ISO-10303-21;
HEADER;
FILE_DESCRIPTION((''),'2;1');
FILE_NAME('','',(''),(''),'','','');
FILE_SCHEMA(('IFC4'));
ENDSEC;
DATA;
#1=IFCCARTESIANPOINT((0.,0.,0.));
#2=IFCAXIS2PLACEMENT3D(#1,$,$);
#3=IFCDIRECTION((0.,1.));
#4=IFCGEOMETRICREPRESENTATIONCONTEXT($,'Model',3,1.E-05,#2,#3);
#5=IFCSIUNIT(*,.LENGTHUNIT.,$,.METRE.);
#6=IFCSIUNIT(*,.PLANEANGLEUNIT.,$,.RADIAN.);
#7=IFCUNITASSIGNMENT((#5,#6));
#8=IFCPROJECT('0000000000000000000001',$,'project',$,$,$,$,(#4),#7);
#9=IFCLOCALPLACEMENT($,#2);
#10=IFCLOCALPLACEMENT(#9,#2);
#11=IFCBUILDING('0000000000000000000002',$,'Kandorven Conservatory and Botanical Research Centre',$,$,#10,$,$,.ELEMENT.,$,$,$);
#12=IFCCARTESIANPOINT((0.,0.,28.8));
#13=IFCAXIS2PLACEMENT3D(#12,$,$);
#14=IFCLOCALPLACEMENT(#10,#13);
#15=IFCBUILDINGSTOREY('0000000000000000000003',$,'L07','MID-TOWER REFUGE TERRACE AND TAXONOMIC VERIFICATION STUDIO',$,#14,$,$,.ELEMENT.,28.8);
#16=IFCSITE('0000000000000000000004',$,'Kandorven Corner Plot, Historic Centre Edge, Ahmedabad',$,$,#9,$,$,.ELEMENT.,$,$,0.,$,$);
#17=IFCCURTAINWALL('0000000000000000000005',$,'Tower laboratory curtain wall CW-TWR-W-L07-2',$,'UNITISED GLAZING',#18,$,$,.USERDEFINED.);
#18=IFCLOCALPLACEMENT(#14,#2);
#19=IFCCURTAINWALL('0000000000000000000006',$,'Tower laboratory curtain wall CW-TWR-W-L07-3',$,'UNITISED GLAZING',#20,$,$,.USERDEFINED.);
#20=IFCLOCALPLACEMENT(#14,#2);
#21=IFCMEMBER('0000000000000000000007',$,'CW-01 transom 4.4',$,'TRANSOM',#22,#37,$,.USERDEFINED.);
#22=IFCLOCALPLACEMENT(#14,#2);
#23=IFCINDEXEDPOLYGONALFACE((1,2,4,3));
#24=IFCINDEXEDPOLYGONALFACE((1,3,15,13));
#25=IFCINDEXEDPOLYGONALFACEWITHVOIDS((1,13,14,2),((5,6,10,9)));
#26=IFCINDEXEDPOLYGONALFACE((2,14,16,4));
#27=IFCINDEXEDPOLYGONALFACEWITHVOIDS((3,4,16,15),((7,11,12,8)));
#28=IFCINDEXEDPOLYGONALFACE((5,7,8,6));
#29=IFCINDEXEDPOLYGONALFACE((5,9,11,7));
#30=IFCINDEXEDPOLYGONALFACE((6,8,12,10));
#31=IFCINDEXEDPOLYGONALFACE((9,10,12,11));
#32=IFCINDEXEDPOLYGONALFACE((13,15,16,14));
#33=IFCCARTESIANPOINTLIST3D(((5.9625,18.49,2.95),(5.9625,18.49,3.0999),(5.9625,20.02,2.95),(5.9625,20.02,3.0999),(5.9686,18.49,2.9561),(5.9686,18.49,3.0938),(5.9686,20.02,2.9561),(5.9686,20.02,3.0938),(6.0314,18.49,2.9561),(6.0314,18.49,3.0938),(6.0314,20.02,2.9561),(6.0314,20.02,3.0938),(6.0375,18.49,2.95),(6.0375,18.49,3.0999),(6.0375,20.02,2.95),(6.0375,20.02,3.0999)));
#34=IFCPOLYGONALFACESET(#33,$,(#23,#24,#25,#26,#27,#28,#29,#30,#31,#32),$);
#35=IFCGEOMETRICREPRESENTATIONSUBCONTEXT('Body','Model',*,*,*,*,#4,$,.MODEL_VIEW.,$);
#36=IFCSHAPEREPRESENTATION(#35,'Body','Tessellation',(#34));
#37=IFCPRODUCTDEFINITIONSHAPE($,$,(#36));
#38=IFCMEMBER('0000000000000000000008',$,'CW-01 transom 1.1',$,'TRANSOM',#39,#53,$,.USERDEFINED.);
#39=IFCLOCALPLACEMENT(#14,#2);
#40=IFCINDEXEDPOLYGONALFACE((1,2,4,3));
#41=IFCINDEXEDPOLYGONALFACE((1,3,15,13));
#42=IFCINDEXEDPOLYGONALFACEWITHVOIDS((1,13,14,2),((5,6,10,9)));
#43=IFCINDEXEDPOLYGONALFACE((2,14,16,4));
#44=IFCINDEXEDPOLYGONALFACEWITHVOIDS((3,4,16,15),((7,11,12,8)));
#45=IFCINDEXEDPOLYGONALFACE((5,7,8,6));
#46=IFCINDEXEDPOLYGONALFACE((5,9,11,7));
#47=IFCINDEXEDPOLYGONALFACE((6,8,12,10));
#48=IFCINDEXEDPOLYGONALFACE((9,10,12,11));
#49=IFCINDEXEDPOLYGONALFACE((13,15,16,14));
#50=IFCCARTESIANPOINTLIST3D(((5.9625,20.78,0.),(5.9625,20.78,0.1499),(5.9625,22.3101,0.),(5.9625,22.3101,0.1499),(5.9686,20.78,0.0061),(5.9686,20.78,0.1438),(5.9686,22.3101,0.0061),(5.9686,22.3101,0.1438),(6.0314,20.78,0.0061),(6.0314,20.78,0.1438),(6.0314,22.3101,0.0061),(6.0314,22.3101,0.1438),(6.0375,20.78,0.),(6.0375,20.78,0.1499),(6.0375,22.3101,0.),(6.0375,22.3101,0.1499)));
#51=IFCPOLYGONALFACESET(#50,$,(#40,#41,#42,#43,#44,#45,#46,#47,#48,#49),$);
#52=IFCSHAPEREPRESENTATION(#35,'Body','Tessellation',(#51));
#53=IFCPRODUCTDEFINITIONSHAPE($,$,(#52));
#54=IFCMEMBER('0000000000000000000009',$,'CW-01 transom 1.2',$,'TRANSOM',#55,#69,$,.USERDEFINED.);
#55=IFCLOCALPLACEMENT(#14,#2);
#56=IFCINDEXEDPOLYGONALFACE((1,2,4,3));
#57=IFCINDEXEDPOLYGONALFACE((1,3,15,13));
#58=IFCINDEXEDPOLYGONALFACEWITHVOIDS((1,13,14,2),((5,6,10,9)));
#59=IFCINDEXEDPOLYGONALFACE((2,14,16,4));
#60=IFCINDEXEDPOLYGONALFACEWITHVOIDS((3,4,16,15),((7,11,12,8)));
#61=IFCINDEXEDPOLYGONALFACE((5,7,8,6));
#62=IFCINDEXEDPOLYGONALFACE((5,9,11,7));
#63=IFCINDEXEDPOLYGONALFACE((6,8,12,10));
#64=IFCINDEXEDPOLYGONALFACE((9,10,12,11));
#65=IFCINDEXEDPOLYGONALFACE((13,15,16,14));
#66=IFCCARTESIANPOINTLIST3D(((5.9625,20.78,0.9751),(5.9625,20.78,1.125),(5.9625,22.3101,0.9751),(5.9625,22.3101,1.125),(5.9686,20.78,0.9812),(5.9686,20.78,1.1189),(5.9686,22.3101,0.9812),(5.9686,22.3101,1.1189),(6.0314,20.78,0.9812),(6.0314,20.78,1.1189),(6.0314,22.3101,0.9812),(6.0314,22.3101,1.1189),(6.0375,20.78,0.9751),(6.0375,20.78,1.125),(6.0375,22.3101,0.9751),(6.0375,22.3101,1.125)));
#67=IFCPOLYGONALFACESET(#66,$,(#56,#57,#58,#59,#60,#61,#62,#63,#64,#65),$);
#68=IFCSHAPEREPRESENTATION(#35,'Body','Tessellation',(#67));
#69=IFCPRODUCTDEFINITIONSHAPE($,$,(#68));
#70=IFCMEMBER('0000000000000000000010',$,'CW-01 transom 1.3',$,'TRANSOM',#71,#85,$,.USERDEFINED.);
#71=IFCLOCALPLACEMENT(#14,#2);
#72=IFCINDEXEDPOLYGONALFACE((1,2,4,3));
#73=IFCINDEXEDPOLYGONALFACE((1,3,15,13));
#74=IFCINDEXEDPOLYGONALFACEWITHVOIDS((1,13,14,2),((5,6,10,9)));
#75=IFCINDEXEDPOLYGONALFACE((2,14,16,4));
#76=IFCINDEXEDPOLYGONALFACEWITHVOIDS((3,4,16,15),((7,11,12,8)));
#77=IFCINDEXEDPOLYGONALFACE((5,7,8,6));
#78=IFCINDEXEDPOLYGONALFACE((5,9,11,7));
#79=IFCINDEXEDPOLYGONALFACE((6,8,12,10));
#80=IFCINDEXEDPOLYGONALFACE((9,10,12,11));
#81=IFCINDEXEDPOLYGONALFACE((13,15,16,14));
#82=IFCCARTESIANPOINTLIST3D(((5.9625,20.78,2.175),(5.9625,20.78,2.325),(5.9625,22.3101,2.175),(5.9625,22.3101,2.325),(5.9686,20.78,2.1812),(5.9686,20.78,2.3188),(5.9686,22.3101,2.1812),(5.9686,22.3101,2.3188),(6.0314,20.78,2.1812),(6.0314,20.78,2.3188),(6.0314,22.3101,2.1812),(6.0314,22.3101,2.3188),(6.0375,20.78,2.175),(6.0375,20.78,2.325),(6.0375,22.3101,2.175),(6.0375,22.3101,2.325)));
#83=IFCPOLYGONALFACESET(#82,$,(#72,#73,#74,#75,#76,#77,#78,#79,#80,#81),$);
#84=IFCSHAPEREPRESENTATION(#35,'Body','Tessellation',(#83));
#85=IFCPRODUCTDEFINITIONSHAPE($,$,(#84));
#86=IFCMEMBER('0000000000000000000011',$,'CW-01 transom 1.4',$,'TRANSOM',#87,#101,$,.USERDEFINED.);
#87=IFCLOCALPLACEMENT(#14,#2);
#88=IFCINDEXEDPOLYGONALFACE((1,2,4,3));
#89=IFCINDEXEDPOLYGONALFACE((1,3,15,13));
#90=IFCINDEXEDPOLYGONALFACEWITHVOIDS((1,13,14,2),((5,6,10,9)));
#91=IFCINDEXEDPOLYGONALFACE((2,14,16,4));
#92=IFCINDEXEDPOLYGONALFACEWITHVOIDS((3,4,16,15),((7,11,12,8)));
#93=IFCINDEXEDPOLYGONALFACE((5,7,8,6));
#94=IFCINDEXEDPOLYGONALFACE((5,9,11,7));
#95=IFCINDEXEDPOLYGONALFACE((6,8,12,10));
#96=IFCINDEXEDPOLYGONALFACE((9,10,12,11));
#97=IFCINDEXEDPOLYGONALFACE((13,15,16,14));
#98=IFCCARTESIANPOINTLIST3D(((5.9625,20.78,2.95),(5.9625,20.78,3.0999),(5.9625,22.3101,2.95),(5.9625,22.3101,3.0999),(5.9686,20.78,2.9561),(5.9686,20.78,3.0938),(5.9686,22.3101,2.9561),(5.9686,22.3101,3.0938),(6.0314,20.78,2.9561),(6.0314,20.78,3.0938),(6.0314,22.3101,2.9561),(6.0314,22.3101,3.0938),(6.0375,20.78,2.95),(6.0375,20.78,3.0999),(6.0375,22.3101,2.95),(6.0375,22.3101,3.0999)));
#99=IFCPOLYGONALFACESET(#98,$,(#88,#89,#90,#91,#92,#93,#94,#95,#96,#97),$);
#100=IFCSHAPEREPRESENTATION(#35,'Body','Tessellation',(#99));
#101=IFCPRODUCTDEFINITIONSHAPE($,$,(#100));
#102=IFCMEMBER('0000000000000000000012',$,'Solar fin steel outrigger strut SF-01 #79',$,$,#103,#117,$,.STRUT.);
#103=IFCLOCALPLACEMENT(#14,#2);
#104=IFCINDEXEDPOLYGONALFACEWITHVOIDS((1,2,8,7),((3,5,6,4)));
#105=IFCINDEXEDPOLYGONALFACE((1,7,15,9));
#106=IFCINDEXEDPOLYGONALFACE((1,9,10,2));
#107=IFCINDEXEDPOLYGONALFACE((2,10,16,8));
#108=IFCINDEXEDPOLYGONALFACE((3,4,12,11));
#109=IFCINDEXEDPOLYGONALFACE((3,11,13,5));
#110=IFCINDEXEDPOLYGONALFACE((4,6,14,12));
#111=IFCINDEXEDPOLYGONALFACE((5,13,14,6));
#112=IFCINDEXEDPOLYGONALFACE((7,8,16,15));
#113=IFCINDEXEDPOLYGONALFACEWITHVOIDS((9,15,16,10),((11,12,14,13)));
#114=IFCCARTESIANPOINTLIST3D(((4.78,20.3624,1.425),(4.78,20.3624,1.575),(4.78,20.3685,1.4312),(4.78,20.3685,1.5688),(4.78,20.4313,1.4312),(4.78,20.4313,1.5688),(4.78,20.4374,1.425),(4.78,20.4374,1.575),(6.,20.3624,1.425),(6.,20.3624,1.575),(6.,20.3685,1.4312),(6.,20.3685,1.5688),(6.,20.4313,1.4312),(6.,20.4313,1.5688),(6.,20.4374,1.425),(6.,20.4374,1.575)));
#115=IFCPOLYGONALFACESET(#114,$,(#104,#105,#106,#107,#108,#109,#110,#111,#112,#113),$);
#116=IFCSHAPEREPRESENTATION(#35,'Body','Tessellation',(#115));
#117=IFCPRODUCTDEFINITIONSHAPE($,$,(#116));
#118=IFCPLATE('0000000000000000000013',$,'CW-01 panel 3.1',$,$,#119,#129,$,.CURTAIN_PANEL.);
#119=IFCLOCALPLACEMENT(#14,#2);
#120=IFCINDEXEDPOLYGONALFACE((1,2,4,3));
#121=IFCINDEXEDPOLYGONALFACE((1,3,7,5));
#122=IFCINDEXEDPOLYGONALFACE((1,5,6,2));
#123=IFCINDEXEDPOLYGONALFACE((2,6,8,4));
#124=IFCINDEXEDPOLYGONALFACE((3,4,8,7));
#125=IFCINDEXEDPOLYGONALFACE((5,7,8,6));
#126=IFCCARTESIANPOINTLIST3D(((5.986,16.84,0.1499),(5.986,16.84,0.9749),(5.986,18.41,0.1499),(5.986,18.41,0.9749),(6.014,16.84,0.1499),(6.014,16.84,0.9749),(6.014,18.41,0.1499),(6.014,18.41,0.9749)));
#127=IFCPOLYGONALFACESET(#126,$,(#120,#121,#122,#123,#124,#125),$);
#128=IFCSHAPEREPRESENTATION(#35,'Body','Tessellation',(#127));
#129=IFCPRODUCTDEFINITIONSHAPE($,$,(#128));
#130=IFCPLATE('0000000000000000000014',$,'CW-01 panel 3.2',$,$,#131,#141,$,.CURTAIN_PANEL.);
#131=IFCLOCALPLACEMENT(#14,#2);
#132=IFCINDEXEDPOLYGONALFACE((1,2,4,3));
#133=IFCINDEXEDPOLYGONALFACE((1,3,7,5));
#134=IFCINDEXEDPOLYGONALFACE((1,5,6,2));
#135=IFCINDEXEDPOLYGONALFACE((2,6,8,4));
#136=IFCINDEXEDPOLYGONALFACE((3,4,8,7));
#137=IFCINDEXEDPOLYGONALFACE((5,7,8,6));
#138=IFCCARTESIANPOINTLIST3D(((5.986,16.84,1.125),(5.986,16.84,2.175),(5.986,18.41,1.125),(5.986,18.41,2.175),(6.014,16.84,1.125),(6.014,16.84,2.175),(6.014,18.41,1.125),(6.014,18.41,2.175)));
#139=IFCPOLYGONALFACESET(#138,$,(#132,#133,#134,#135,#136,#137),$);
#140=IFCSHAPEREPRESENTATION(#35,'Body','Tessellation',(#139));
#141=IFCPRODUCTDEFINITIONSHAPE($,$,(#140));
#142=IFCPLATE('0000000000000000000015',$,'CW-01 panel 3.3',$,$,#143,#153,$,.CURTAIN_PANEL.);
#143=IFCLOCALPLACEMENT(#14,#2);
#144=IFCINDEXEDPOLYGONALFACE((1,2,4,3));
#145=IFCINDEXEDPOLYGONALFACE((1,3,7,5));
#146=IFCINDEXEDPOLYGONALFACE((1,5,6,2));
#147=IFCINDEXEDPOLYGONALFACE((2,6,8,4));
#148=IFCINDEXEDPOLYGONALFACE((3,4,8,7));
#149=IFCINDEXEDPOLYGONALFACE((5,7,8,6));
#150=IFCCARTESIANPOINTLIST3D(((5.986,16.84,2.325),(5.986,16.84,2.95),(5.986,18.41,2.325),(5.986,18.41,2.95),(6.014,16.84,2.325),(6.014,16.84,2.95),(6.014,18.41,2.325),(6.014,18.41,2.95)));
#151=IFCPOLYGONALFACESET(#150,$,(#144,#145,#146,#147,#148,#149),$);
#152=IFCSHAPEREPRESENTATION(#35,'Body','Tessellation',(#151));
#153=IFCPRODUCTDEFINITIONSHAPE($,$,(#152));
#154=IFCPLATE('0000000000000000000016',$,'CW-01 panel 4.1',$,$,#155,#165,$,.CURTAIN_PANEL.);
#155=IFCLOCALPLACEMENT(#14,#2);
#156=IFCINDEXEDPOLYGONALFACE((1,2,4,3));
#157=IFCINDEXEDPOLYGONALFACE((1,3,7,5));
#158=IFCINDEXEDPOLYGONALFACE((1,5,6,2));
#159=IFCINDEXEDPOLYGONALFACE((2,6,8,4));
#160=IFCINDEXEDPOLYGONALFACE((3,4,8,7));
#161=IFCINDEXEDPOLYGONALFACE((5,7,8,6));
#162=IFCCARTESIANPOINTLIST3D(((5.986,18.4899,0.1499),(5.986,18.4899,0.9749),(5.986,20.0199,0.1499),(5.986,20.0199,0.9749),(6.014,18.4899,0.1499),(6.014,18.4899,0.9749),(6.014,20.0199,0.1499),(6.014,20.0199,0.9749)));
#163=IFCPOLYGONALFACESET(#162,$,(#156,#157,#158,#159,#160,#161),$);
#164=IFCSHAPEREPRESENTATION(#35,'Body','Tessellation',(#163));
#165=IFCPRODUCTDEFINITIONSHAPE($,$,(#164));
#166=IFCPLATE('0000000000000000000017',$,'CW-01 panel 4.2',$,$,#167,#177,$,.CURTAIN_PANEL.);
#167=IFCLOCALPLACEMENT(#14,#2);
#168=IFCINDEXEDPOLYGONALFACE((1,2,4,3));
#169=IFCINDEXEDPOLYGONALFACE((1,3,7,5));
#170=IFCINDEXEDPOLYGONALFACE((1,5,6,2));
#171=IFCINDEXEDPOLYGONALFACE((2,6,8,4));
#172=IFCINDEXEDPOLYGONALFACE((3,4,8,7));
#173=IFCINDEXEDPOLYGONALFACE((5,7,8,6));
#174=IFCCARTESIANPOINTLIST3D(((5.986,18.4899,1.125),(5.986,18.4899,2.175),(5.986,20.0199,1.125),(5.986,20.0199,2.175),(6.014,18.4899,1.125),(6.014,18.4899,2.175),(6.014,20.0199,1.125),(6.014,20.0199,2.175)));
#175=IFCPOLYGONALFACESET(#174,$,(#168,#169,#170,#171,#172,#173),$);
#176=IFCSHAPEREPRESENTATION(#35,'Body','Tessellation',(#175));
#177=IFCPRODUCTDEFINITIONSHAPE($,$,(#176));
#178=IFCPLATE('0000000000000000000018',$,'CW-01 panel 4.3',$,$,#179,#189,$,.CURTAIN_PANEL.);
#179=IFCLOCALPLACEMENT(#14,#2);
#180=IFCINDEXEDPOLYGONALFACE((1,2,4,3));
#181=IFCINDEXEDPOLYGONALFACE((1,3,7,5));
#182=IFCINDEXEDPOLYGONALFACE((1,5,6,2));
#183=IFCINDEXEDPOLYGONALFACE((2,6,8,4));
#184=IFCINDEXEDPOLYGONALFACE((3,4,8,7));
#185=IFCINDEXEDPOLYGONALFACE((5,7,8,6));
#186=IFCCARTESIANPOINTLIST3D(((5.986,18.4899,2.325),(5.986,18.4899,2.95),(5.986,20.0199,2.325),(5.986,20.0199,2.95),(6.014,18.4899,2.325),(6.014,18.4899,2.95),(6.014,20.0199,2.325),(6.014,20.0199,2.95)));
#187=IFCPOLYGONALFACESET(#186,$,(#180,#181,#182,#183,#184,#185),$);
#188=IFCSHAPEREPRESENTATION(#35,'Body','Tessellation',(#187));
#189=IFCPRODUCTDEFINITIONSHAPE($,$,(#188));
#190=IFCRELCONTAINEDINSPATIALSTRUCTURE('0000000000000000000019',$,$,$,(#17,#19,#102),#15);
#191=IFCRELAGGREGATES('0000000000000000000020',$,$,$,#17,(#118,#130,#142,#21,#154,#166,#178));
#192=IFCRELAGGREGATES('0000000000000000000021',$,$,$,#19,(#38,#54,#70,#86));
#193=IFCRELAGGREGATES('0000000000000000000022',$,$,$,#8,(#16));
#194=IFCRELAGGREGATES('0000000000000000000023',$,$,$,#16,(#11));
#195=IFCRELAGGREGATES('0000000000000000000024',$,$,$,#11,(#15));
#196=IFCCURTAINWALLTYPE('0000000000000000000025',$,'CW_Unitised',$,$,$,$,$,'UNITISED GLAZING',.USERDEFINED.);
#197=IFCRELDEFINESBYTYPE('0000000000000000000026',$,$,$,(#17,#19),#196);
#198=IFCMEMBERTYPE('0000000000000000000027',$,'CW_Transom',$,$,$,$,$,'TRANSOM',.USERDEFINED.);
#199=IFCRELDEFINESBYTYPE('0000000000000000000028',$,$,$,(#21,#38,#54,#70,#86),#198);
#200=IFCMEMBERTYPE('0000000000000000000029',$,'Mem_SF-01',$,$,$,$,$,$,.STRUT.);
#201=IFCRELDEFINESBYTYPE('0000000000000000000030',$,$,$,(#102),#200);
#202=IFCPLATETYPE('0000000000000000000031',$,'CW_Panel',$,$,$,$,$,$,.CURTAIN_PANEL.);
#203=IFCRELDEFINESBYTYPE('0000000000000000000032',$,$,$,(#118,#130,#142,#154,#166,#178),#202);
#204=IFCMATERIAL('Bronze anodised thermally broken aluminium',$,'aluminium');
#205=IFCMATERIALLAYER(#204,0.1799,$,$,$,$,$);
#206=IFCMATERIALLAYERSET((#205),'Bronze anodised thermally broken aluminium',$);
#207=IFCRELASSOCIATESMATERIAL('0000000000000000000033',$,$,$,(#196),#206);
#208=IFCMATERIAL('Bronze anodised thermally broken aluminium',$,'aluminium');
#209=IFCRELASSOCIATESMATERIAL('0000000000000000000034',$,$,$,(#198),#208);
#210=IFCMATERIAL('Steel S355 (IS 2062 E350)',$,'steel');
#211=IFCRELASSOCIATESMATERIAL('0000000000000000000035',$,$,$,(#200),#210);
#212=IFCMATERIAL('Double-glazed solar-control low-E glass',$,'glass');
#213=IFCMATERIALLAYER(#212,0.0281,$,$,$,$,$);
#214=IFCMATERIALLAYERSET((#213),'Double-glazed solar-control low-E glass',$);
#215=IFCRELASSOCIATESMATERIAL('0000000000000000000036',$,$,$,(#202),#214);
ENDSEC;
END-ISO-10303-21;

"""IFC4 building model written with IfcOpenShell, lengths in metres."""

from ifc_helpers import new_model, si_unit, direction, frame, origin, origin_2d, place, context, subcontext, project, spatial, rectangle, hollow_rectangle, extrude, material, layer, layer_set, material_profile, profile_set, type_object, element, aggregate, save


model = new_model("IFC4")

# Units and contexts
model_context = context("Model", 3, precision=1e-05, world=origin(), true_north=direction((0.0, 1.0)))
body_context = subcontext(model_context, "Body", "Model", "MODEL_VIEW")
ifc_project = project(units=[si_unit("LENGTHUNIT", "METRE"), si_unit("PLANEANGLEUNIT", "RADIAN")], contexts=[model_context])

# Site, building, storey
site_placement = place(None, origin())
site = spatial("IfcSite", under=ifc_project, at=site_placement, Name="Kandorven Corner Plot, Historic Centre Edge, Ahmedabad", CompositionType="ELEMENT", RefElevation=0.0)
building_placement = place(site_placement, origin())
building = spatial("IfcBuilding", under=site, at=building_placement, Name="Kandorven Conservatory and Botanical Research Centre", CompositionType="ELEMENT")
storey_placement = place(building_placement, frame((0.0, 0.0, 28.8)))
storey = spatial("IfcBuildingStorey", under=building, at=storey_placement, Name="L07", Description="MID-TOWER REFUGE TERRACE AND TAXONOMIC VERIFICATION STUDIO", CompositionType="ELEMENT", Elevation=28.8)

# Curtain wall
ifc_material_1 = material(Name="Bronze anodised thermally broken aluminium", Category="aluminium")
ifc_layer_1 = layer(ifc_material_1, 0.1799)
ifc_layer_set_1 = layer_set([ifc_layer_1], Name="Bronze anodised thermally broken aluminium")
curtain_wall_type = type_object("IfcCurtainWallType", Name="CW_Unitised", ElementType="UNITISED GLAZING", PredefinedType="USERDEFINED", material=ifc_layer_set_1)
curtain_wall_1_placement = place(storey_placement, origin())
curtain_wall_1 = element("IfcCurtainWall", 1, at=curtain_wall_1_placement, inside=storey, type_object=curtain_wall_type, Name="Tower laboratory curtain wall CW-TWR-W-L07-2", ObjectType="UNITISED GLAZING", PredefinedType="USERDEFINED")

# Curtain wall
curtain_wall_2_placement = place(storey_placement, origin())
curtain_wall_2 = element("IfcCurtainWall", 2, at=curtain_wall_2_placement, inside=storey, type_object=curtain_wall_type, Name="Tower laboratory curtain wall CW-TWR-W-L07-3", ObjectType="UNITISED GLAZING", PredefinedType="USERDEFINED")

# Members
ifc_material_2 = material(Name="Bronze anodised thermally broken aluminium", Category="aluminium")
ifc_material_profile_1 = material_profile(ifc_material_2, hollow_rectangle(XDim=0.075, YDim=0.1499, WallThickness=0.0061, at=origin_2d()))
ifc_profile_set_1 = profile_set([ifc_material_profile_1], Name="Bronze anodised thermally broken aluminium")
member_type_1 = type_object("IfcMemberType", Name="CW_Transom", ElementType="TRANSOM", PredefinedType="USERDEFINED", material=ifc_profile_set_1)
member_1_placement = place(storey_placement, frame((6.0, 18.49, 3.0249), z_axis=(0.0, 1.0, 0.0), x_axis=(-1.0, 0.0, 0.0)))
member_1 = element("IfcMember", 3, at=member_1_placement, type_object=member_type_1, Name="CW-01 transom 4.4", ObjectType="TRANSOM", PredefinedType="USERDEFINED", context=body_context, shape_type="SweptSolid", body=[
    extrude(hollow_rectangle(XDim=0.075, YDim=0.1499, WallThickness=0.0061, at=origin_2d()), origin(), (0.0, 0.0, 1.0), 1.53),
])
member_2_placement = place(storey_placement, frame((6.0, 20.78, 0.075), z_axis=(0.0, 1.0, 0.0), x_axis=(-1.0, 0.0, 0.0)))
member_2 = element("IfcMember", 4, at=member_2_placement, type_object=member_type_1, Name="CW-01 transom 1.1", ObjectType="TRANSOM", PredefinedType="USERDEFINED", context=body_context, shape_type="SweptSolid", body=[
    extrude(hollow_rectangle(XDim=0.075, YDim=0.1499, WallThickness=0.0061, at=origin_2d()), origin(), (0.0, 0.0, 1.0), 1.53),
])
member_3_placement = place(storey_placement, frame((6.0, 20.78, 1.05), z_axis=(0.0, 1.0, 0.0), x_axis=(-1.0, 0.0, 0.0)))
member_3 = element("IfcMember", 5, at=member_3_placement, type_object=member_type_1, Name="CW-01 transom 1.2", ObjectType="TRANSOM", PredefinedType="USERDEFINED", context=body_context, shape_type="SweptSolid", body=[
    extrude(hollow_rectangle(XDim=0.075, YDim=0.1499, WallThickness=0.0061, at=origin_2d()), origin(), (0.0, 0.0, 1.0), 1.53),
])
member_4_placement = place(storey_placement, frame((6.0, 20.78, 2.25), z_axis=(0.0, 1.0, 0.0), x_axis=(-1.0, 0.0, 0.0)))
member_4 = element("IfcMember", 6, at=member_4_placement, type_object=member_type_1, Name="CW-01 transom 1.3", ObjectType="TRANSOM", PredefinedType="USERDEFINED", context=body_context, shape_type="SweptSolid", body=[
    extrude(hollow_rectangle(XDim=0.075, YDim=0.1499, WallThickness=0.0061, at=origin_2d()), origin(), (0.0, 0.0, 1.0), 1.53),
])
member_5_placement = place(storey_placement, frame((6.0, 20.78, 3.0249), z_axis=(0.0, 1.0, 0.0), x_axis=(-1.0, 0.0, 0.0)))
member_5 = element("IfcMember", 7, at=member_5_placement, type_object=member_type_1, Name="CW-01 transom 1.4", ObjectType="TRANSOM", PredefinedType="USERDEFINED", context=body_context, shape_type="SweptSolid", body=[
    extrude(hollow_rectangle(XDim=0.075, YDim=0.1499, WallThickness=0.0061, at=origin_2d()), origin(), (0.0, 0.0, 1.0), 1.53),
])
ifc_material_3 = material(Name="Steel S355 (IS 2062 E350)", Category="steel")
ifc_material_profile_2 = material_profile(ifc_material_3, hollow_rectangle(XDim=0.075, YDim=0.1499, WallThickness=0.0061, at=origin_2d()))
ifc_profile_set_2 = profile_set([ifc_material_profile_2], Name="Steel S355 (IS 2062 E350)")
member_type_2 = type_object("IfcMemberType", Name="Mem_SF-01", PredefinedType="STRUT", material=ifc_profile_set_2)
member_6_placement = place(storey_placement, frame((6.0, 20.3999, 1.5), z_axis=(-1.0, 0.0, 0.0), x_axis=(0.0, -1.0, 0.0)))
element("IfcMember", 8, at=member_6_placement, inside=storey, type_object=member_type_2, Name="Solar fin steel outrigger strut SF-01 #79", PredefinedType="STRUT", context=body_context, shape_type="SweptSolid", body=[
    extrude(hollow_rectangle(XDim=0.075, YDim=0.1499, WallThickness=0.0061, at=origin_2d()), origin(), (0.0, 0.0, 1.0), 1.22),
])

# Plates
ifc_material_4 = material(Name="Double-glazed solar-control low-E glass", Category="glass")
ifc_layer_2 = layer(ifc_material_4, 0.0281)
ifc_layer_set_2 = layer_set([ifc_layer_2], Name="Double-glazed solar-control low-E glass")
plate_type_1 = type_object("IfcPlateType", Name="CW_Panel", PredefinedType="CURTAIN_PANEL", material=ifc_layer_set_2)
plate_1_placement = place(storey_placement, frame((6.0, 17.625, 0.1499), z_axis=(0.0, 0.0, 1.0), x_axis=(0.0, 1.0, 0.0)))
plate_1 = element("IfcPlate", 9, at=plate_1_placement, type_object=plate_type_1, Name="CW-01 panel 3.1", PredefinedType="CURTAIN_PANEL", context=body_context, shape_type="SweptSolid", body=[
    extrude(rectangle(XDim=1.5701, YDim=0.0281, at=origin_2d()), origin(), (0.0, 0.0, 1.0), 0.825),
])
plate_2_placement = place(storey_placement, frame((6.0, 17.625, 1.125), z_axis=(0.0, 0.0, 1.0), x_axis=(0.0, 1.0, 0.0)))
plate_2 = element("IfcPlate", 10, at=plate_2_placement, type_object=plate_type_1, Name="CW-01 panel 3.2", PredefinedType="CURTAIN_PANEL", context=body_context, shape_type="SweptSolid", body=[
    extrude(rectangle(XDim=1.5701, YDim=0.0281, at=origin_2d()), origin(), (0.0, 0.0, 1.0), 1.05),
])
plate_3_placement = place(storey_placement, frame((6.0, 17.625, 2.325), z_axis=(0.0, 0.0, 1.0), x_axis=(0.0, 1.0, 0.0)))
plate_3 = element("IfcPlate", 11, at=plate_3_placement, type_object=plate_type_1, Name="CW-01 panel 3.3", PredefinedType="CURTAIN_PANEL", context=body_context, shape_type="SweptSolid", body=[
    extrude(rectangle(XDim=1.5701, YDim=0.0281, at=origin_2d()), origin(), (0.0, 0.0, 1.0), 0.625),
])
plate_4_placement = place(storey_placement, frame((6.0, 19.2549, 0.1499), z_axis=(0.0, 0.0, 1.0), x_axis=(0.0, 1.0, 0.0)))
plate_4 = element("IfcPlate", 12, at=plate_4_placement, type_object=plate_type_1, Name="CW-01 panel 4.1", PredefinedType="CURTAIN_PANEL", context=body_context, shape_type="SweptSolid", body=[
    extrude(rectangle(XDim=1.53, YDim=0.0281, at=origin_2d()), origin(), (0.0, 0.0, 1.0), 0.825),
])
plate_5_placement = place(storey_placement, frame((6.0, 19.2549, 1.125), z_axis=(0.0, 0.0, 1.0), x_axis=(0.0, 1.0, 0.0)))
plate_5 = element("IfcPlate", 13, at=plate_5_placement, type_object=plate_type_1, Name="CW-01 panel 4.2", PredefinedType="CURTAIN_PANEL", context=body_context, shape_type="SweptSolid", body=[
    extrude(rectangle(XDim=1.53, YDim=0.0281, at=origin_2d()), origin(), (0.0, 0.0, 1.0), 1.05),
])
plate_6_placement = place(storey_placement, frame((6.0, 19.2549, 2.325), z_axis=(0.0, 0.0, 1.0), x_axis=(0.0, 1.0, 0.0)))
plate_6 = element("IfcPlate", 14, at=plate_6_placement, type_object=plate_type_1, Name="CW-01 panel 4.3", PredefinedType="CURTAIN_PANEL", context=body_context, shape_type="SweptSolid", body=[
    extrude(rectangle(XDim=1.53, YDim=0.0281, at=origin_2d()), origin(), (0.0, 0.0, 1.0), 0.625),
])
aggregate(curtain_wall_1, [plate_1, plate_2, plate_3, member_1, plate_4, plate_5, plate_6])
aggregate(curtain_wall_2, [member_2, member_3, member_4, member_5])

save(model, "model.ifc")
